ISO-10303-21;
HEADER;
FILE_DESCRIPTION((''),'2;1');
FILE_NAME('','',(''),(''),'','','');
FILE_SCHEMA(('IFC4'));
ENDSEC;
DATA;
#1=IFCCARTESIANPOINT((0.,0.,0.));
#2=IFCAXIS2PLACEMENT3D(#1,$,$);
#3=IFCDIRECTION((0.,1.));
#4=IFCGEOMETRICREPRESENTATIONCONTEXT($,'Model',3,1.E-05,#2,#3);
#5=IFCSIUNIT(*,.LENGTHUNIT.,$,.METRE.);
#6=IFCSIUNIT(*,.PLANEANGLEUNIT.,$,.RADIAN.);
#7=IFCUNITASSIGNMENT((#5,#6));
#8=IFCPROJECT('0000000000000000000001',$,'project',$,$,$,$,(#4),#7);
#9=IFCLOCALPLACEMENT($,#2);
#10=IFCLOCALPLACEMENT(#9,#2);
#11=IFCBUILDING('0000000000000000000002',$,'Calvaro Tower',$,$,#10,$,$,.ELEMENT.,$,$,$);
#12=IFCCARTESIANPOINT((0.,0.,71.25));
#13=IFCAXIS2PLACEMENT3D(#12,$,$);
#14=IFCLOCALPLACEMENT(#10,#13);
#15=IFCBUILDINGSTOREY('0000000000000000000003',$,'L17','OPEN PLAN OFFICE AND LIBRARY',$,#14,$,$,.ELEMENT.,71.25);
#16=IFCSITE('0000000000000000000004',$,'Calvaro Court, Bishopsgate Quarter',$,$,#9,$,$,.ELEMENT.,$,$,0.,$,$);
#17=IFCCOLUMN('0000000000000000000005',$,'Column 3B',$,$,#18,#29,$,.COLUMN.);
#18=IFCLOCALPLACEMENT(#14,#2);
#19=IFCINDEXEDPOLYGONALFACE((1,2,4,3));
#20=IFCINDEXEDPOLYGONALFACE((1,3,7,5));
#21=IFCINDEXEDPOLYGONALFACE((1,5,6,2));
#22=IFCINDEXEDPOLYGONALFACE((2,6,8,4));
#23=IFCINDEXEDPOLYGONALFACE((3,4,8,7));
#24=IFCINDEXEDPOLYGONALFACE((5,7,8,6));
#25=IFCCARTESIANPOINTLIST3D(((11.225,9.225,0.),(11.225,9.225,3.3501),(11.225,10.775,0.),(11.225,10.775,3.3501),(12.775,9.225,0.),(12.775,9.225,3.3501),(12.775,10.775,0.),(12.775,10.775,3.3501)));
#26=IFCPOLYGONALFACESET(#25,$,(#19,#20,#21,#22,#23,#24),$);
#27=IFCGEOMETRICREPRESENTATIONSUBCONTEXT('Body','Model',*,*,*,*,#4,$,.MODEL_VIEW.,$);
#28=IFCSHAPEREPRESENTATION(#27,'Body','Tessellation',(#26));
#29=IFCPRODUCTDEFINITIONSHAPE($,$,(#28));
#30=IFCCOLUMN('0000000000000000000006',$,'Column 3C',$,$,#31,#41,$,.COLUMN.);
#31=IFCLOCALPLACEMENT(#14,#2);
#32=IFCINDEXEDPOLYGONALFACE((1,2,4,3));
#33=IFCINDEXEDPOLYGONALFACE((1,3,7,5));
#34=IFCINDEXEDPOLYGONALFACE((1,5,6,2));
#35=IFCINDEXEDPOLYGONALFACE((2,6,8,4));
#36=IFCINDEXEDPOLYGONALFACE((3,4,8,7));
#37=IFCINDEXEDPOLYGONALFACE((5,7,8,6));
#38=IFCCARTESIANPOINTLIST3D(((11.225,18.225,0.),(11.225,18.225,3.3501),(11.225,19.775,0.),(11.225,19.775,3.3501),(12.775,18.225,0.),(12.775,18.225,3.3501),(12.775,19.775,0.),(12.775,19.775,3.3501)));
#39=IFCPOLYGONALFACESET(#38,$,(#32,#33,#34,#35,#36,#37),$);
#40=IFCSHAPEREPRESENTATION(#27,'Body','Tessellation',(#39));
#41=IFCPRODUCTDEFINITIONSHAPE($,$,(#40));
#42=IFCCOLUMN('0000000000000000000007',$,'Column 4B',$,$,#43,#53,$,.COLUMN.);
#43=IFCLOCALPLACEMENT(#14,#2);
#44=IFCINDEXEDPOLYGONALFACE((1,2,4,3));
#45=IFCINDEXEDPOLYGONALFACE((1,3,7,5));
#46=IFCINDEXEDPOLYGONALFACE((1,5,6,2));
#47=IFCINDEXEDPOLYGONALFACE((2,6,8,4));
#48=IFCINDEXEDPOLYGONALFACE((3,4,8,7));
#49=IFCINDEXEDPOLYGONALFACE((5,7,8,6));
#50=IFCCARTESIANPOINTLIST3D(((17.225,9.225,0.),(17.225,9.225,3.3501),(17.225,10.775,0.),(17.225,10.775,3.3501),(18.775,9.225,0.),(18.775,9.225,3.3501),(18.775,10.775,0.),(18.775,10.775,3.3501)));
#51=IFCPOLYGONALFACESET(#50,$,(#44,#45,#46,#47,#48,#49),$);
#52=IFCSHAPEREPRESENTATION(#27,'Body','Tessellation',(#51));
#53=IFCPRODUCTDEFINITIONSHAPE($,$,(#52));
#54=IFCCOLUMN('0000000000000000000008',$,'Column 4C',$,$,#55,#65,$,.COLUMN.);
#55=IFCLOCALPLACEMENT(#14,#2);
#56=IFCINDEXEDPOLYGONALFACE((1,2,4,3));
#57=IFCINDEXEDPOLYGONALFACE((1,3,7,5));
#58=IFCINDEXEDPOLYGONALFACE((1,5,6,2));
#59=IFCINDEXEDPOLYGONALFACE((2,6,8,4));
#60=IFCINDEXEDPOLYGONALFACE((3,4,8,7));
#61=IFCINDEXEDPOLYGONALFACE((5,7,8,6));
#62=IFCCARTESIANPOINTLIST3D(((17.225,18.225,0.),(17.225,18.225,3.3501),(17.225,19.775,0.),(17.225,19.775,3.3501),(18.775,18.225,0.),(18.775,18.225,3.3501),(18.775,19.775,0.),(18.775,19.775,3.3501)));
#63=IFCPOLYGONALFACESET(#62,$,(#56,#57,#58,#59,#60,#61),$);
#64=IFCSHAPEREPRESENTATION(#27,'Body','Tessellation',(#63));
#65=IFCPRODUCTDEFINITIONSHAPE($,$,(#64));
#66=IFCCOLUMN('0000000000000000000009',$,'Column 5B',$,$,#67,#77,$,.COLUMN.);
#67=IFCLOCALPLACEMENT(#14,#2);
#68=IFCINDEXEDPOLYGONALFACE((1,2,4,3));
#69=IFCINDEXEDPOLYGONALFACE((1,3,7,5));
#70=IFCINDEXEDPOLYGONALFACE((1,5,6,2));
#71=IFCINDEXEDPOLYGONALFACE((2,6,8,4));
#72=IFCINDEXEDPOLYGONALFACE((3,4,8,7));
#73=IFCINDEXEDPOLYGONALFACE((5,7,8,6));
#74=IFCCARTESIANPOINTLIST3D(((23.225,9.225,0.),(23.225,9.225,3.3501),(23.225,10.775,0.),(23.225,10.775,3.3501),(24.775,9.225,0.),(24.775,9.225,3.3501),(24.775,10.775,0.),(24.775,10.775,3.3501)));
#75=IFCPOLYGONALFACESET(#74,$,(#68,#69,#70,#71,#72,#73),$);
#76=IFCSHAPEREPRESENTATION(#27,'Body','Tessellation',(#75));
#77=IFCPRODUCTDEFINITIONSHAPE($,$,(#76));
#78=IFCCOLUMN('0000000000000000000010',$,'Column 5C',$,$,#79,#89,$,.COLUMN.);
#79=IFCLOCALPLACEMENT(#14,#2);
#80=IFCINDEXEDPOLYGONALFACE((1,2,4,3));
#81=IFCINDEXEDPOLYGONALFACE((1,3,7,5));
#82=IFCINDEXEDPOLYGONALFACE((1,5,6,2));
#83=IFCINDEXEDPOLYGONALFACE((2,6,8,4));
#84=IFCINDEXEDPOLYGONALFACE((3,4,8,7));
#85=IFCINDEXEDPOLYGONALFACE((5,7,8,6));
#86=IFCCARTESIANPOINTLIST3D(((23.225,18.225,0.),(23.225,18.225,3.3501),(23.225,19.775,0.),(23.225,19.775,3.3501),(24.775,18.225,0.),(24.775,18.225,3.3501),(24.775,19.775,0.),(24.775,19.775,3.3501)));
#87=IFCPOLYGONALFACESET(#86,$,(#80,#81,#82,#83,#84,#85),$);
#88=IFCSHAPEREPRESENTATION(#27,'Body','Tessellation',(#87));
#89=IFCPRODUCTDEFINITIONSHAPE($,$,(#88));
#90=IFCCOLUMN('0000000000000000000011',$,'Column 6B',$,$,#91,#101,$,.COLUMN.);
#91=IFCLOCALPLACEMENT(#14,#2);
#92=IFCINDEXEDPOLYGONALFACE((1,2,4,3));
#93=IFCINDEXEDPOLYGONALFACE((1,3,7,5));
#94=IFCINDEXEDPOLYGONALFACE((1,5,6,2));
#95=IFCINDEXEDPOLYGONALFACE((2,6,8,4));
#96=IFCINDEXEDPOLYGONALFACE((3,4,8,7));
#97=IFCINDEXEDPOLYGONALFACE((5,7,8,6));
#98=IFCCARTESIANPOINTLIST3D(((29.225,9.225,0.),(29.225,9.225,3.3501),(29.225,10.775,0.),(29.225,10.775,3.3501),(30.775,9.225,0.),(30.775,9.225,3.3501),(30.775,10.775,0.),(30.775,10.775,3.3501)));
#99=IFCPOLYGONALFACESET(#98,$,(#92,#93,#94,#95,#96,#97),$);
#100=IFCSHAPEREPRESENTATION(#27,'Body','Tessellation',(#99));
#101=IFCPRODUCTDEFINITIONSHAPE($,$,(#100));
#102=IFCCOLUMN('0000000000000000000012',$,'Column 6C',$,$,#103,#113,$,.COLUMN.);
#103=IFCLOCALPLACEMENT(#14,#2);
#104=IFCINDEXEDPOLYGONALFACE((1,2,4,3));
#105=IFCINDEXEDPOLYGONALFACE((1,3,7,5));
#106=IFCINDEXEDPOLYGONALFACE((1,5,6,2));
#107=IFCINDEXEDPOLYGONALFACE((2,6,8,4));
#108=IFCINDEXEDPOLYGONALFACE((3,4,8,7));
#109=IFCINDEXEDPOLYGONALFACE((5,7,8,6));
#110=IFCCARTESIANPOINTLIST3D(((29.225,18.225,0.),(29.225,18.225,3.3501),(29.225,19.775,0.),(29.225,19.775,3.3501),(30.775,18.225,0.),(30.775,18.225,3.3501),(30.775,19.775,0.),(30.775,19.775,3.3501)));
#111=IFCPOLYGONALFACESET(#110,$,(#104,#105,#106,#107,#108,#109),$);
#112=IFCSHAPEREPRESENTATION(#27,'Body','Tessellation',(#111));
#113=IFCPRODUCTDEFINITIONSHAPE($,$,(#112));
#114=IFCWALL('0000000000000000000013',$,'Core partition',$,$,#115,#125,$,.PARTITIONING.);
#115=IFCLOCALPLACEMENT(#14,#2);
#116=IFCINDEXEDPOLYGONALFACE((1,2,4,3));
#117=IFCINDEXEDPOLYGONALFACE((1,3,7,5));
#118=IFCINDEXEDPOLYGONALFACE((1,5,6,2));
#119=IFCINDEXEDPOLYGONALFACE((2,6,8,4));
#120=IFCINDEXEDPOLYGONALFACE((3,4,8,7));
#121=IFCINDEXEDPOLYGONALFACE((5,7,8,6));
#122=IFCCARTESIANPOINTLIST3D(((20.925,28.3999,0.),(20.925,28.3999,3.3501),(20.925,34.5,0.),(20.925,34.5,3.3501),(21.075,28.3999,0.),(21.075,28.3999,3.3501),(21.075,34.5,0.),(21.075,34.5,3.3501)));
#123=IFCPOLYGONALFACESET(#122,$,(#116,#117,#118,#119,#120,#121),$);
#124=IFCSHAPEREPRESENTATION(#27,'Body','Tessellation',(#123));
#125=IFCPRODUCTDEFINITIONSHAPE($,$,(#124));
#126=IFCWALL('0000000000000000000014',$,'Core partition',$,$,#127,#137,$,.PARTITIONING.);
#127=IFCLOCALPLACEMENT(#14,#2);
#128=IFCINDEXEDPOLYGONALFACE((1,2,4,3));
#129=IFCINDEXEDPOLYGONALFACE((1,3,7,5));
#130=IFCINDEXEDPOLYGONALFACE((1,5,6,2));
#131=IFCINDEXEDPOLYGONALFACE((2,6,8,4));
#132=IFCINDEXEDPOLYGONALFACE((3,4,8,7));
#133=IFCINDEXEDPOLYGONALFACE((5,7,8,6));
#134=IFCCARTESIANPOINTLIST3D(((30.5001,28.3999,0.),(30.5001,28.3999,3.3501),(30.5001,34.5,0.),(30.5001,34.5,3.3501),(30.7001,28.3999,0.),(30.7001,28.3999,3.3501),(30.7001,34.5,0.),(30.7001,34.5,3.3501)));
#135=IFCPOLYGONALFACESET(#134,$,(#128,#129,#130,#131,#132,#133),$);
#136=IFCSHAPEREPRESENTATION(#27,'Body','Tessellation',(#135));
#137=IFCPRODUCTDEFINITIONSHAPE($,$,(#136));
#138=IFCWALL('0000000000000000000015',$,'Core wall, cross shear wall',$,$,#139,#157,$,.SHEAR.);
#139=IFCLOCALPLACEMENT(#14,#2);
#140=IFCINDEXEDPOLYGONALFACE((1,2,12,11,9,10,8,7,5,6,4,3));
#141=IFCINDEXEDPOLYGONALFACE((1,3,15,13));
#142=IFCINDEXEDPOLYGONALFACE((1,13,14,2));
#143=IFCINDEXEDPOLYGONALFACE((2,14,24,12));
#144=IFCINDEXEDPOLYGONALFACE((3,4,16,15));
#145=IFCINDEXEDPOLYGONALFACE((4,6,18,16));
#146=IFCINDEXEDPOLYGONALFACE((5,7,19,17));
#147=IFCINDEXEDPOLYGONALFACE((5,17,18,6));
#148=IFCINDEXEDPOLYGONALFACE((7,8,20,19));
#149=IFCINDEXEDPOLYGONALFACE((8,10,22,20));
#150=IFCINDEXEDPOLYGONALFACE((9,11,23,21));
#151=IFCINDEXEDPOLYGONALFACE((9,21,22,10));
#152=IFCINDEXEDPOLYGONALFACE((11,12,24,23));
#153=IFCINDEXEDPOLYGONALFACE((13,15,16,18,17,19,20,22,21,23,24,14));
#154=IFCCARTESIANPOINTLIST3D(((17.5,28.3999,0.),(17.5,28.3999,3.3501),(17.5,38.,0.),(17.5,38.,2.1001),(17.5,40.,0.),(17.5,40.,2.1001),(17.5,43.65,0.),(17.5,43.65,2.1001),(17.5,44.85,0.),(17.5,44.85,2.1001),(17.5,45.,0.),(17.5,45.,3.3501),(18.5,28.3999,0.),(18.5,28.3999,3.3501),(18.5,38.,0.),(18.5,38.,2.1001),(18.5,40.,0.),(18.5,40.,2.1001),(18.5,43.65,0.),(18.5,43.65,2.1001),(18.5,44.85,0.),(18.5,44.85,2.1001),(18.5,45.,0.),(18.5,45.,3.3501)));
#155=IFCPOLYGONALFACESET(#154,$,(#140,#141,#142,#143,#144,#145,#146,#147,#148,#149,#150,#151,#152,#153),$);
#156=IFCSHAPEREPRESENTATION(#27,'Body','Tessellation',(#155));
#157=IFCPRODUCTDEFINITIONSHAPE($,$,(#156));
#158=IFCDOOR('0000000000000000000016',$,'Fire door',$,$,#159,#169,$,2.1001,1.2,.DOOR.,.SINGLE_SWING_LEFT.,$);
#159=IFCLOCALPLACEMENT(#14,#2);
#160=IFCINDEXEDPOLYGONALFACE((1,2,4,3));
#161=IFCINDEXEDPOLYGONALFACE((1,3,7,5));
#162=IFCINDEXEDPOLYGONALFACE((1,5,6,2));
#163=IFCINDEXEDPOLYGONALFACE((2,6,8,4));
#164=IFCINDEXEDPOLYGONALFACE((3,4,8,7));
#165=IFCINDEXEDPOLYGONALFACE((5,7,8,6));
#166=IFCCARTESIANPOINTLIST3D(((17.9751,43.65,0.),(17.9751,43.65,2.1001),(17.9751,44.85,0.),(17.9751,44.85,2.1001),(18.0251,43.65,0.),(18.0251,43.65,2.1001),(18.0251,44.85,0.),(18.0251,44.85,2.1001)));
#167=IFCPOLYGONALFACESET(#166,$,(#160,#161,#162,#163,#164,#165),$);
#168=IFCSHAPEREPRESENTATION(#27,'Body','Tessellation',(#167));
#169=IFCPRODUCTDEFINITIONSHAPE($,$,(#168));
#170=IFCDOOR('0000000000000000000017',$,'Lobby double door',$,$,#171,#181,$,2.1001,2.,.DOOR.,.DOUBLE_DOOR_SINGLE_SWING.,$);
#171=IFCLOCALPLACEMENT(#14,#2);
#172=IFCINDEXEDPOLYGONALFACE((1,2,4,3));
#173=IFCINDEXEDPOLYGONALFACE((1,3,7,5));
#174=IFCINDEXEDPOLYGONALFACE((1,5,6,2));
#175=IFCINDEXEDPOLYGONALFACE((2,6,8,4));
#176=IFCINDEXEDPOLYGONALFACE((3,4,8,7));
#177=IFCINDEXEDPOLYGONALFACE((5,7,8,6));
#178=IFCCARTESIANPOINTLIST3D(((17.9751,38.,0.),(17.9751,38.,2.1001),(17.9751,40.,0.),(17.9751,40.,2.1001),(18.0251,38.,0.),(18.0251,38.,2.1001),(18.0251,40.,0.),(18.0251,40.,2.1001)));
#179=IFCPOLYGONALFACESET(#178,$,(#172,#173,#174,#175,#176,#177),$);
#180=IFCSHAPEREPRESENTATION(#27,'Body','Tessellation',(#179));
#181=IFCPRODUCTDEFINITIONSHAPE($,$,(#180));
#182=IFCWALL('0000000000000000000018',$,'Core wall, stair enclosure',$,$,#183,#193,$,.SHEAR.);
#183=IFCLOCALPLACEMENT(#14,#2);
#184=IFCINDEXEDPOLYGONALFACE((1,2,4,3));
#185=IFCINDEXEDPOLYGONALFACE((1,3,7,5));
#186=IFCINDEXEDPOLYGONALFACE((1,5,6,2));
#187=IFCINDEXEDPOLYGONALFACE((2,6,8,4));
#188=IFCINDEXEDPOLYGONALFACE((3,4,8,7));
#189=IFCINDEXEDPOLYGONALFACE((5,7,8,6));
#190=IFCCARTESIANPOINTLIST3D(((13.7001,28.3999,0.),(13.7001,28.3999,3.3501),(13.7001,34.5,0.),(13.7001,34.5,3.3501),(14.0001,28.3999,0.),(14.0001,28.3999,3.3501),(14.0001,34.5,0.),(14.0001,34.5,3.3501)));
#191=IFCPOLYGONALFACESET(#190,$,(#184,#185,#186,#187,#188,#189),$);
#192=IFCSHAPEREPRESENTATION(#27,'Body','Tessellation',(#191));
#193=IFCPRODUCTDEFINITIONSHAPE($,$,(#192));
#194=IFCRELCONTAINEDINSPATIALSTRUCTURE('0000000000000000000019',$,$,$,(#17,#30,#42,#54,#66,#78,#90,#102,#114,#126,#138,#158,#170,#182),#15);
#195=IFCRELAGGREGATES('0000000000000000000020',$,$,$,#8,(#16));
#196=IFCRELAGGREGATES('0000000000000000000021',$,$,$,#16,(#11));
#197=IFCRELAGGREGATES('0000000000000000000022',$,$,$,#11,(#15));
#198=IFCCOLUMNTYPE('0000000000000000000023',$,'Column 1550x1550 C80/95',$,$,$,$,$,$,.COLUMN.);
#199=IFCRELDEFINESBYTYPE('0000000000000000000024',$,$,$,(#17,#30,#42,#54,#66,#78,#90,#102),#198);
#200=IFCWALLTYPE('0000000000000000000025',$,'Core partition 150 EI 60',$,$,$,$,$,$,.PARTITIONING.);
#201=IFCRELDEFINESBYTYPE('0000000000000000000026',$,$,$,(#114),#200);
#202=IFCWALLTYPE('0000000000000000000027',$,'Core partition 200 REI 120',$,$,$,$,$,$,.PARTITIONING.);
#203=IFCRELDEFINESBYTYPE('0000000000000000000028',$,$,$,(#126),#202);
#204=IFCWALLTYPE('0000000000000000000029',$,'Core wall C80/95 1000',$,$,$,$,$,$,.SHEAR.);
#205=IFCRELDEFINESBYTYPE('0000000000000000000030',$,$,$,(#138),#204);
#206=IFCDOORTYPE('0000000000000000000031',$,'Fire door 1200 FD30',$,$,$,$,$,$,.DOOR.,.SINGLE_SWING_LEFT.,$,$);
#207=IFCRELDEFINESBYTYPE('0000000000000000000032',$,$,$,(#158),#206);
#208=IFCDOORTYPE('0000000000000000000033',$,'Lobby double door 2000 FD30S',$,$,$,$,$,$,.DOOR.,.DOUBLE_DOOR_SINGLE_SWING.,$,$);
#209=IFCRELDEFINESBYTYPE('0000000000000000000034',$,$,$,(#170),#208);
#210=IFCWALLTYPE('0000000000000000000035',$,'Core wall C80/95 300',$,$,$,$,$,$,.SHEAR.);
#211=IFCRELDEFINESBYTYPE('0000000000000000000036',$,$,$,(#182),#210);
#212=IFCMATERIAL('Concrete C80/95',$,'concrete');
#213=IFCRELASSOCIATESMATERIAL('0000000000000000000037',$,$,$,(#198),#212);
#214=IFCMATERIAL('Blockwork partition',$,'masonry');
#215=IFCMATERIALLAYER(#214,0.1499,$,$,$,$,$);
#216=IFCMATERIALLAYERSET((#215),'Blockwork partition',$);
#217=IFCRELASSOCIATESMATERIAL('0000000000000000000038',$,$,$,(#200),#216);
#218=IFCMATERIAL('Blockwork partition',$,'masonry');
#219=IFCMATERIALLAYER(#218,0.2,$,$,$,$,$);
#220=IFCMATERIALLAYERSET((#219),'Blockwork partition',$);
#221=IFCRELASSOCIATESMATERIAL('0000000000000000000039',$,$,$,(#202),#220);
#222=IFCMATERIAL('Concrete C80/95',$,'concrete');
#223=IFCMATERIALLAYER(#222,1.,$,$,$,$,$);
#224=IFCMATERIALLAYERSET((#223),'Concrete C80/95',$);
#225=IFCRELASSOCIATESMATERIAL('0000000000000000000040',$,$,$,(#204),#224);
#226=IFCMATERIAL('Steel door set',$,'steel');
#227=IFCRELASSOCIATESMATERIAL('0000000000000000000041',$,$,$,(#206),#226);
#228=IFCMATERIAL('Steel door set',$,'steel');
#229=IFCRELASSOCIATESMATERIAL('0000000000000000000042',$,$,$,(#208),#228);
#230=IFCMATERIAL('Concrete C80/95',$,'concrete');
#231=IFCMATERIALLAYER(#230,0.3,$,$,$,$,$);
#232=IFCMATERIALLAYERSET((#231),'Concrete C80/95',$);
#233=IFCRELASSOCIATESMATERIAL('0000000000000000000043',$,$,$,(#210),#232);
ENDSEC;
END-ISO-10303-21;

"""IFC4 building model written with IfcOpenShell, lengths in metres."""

from ifc_helpers import new_model, si_unit, direction, frame, frame_2d, origin, origin_2d, place, context, subcontext, project, spatial, rectangle, extrude, material, layer, layer_set, material_profile, profile_set, type_object, element, fill, save


model = new_model("IFC4")

# Units and contexts
model_context = context("Model", 3, precision=1e-05, world=origin(), true_north=direction((0.0, 1.0)))
body_context = subcontext(model_context, "Body", "Model", "MODEL_VIEW")
ifc_project = project(units=[si_unit("LENGTHUNIT", "METRE"), si_unit("PLANEANGLEUNIT", "RADIAN")], contexts=[model_context])

# Site, building, storey
site_placement = place(None, origin())
site = spatial("IfcSite", under=ifc_project, at=site_placement, Name="Calvaro Court, Bishopsgate Quarter", CompositionType="ELEMENT", RefElevation=0.0)
building_placement = place(site_placement, origin())
building = spatial("IfcBuilding", under=site, at=building_placement, Name="Calvaro Tower", CompositionType="ELEMENT")
storey_placement = place(building_placement, frame((0.0, 0.0, 71.25)))
storey = spatial("IfcBuildingStorey", under=building, at=storey_placement, Name="L17", Description="OPEN PLAN OFFICE AND LIBRARY", CompositionType="ELEMENT", Elevation=71.25)

# Columns
ifc_material_1 = material(Name="Concrete C80/95", Category="concrete")
ifc_material_profile = material_profile(ifc_material_1, rectangle(XDim=1.55, YDim=1.55, at=origin_2d()), Name="RC 1550x1550")
ifc_profile_set = profile_set([ifc_material_profile], Name="Concrete C80/95")
column_type = type_object("IfcColumnType", Name="Column 1550x1550 C80/95", PredefinedType="COLUMN", material=ifc_profile_set)
for number, where, z_axis, x_axis, name in (
    (1, (12.0, 10.0, 0.0), (0.0, 0.0, 1.0), (1.0, 0.0, 0.0), "Column 3B"),
    (2, (12.0, 19.0, 0.0), (0.0, 0.0, 1.0), (1.0, 0.0, 0.0), "Column 3C"),
    (3, (18.0, 10.0, 0.0), (0.0, 0.0, 1.0), (1.0, 0.0, 0.0), "Column 4B"),
    (4, (18.0, 19.0, 0.0), (0.0, 0.0, 1.0), (1.0, 0.0, 0.0), "Column 4C"),
    (5, (24.0, 10.0, 0.0), (0.0, 0.0, 1.0), (1.0, 0.0, 0.0), "Column 5B"),
    (6, (24.0, 19.0, 0.0), (0.0, 0.0, 1.0), (1.0, 0.0, 0.0), "Column 5C"),
    (7, (30.0, 10.0, 0.0), (0.0, 0.0, 1.0), (1.0, 0.0, 0.0), "Column 6B"),
    (8, (30.0, 19.0, 0.0), (0.0, 0.0, 1.0), (1.0, 0.0, 0.0), "Column 6C"),
):
    element("IfcColumn", number, at=place(storey_placement, frame(where, z_axis=z_axis, x_axis=x_axis)), inside=storey, type_object=column_type, Name=name, PredefinedType="COLUMN", context=body_context, shape_type="SweptSolid", body=[
        extrude(rectangle(XDim=1.55, YDim=1.55, at=origin_2d()), origin(), (0.0, 0.0, 1.0), 3.3501),
    ])

# Walls
ifc_material_2 = material(Name="Blockwork partition", Category="masonry")
ifc_layer_1 = layer(ifc_material_2, 0.1499)
ifc_layer_set_1 = layer_set([ifc_layer_1], Name="Blockwork partition")
wall_type_1 = type_object("IfcWallType", Name="Core partition 150 EI 60", PredefinedType="PARTITIONING", material=ifc_layer_set_1)
wall_1_placement = place(storey_placement, frame((21.0, 28.3999, 0.0), z_axis=(0.0, 0.0, 1.0), x_axis=(0.0, 1.0, 0.0)))
element("IfcWall", 9, at=wall_1_placement, inside=storey, type_object=wall_type_1, Name="Core partition", PredefinedType="PARTITIONING", context=body_context, shape_type="SweptSolid", body=[
    extrude(rectangle(XDim=6.1001, YDim=0.1499, at=frame_2d((3.05, 0.0))), origin(), (0.0, 0.0, 1.0), 3.3501),
])
ifc_material_3 = material(Name="Blockwork partition", Category="masonry")
ifc_layer_2 = layer(ifc_material_3, 0.2)
ifc_layer_set_2 = layer_set([ifc_layer_2], Name="Blockwork partition")
wall_type_2 = type_object("IfcWallType", Name="Core partition 200 REI 120", PredefinedType="PARTITIONING", material=ifc_layer_set_2)
wall_2_placement = place(storey_placement, frame((30.6001, 28.3999, 0.0), z_axis=(0.0, 0.0, 1.0), x_axis=(0.0, 1.0, 0.0)))
element("IfcWall", 10, at=wall_2_placement, inside=storey, type_object=wall_type_2, Name="Core partition", PredefinedType="PARTITIONING", context=body_context, shape_type="SweptSolid", body=[
    extrude(rectangle(XDim=6.1001, YDim=0.2, at=frame_2d((3.05, 0.0))), origin(), (0.0, 0.0, 1.0), 3.3501),
])

# Wall, openings, doors
ifc_material_4 = material(Name="Concrete C80/95", Category="concrete")
ifc_layer_3 = layer(ifc_material_4, 1.0)
ifc_layer_set_3 = layer_set([ifc_layer_3], Name="Concrete C80/95")
wall_type_3 = type_object("IfcWallType", Name="Core wall C80/95 1000", PredefinedType="SHEAR", material=ifc_layer_set_3)
wall_3_placement = place(storey_placement, frame((18.0, 28.3999, 0.0), z_axis=(0.0, 0.0, 1.0), x_axis=(0.0, 1.0, 0.0)))
wall_3 = element("IfcWall", 11, at=wall_3_placement, inside=storey, type_object=wall_type_3, Name="Core wall, cross shear wall", PredefinedType="SHEAR", context=body_context, shape_type="SweptSolid", body=[
    extrude(rectangle(XDim=16.6001, YDim=1.0, at=frame_2d((8.3, 0.0))), origin(), (0.0, 0.0, 1.0), 3.3501),
])
opening_1_placement = place(wall_3_placement, frame((9.6001, 0.0, 0.0)))
opening_1 = element("IfcOpeningElement", 12, at=opening_1_placement, cuts=wall_3, PredefinedType="OPENING", context=body_context, shape_type="SweptSolid", body=[
    extrude(rectangle(XDim=2.0, YDim=2.1001, at=frame_2d((1.0, 1.05))), frame((0.0, 0.51, 0.0), z_axis=(0.0, -1.0, 0.0), x_axis=(1.0, 0.0, 0.0)), (0.0, 0.0, 1.0), 1.02),
])
opening_2_placement = place(wall_3_placement, frame((15.25, 0.0, 0.0)))
opening_2 = element("IfcOpeningElement", 13, at=opening_2_placement, cuts=wall_3, PredefinedType="OPENING", context=body_context, shape_type="SweptSolid", body=[
    extrude(rectangle(XDim=1.2, YDim=2.1001, at=frame_2d((0.6001, 1.05))), frame((0.0, 0.51, 0.0), z_axis=(0.0, -1.0, 0.0), x_axis=(1.0, 0.0, 0.0)), (0.0, 0.0, 1.0), 1.02),
])
ifc_material_5 = material(Name="Steel door set", Category="steel")
door_type_1 = type_object("IfcDoorType", Name="Fire door 1200 FD30", OperationType="SINGLE_SWING_LEFT", PredefinedType="DOOR", material=ifc_material_5)
door_1_placement = place(opening_2_placement, origin())
door_1 = element("IfcDoor", 14, at=door_1_placement, inside=storey, type_object=door_type_1, Name="Fire door", OperationType="SINGLE_SWING_LEFT", OverallHeight=2.1001, OverallWidth=1.2, PredefinedType="DOOR", context=body_context, shape_type="SweptSolid", body=[
    extrude(rectangle(XDim=1.2, YDim=2.1001, at=frame_2d((0.6001, 1.05))), frame((0.0, 0.0249, 0.0), z_axis=(0.0, -1.0, 0.0), x_axis=(1.0, 0.0, 0.0)), (0.0, 0.0, 1.0), 0.05),
])
fill(opening_2, door_1)
ifc_material_6 = material(Name="Steel door set", Category="steel")
door_type_2 = type_object("IfcDoorType", Name="Lobby double door 2000 FD30S", OperationType="DOUBLE_DOOR_SINGLE_SWING", PredefinedType="DOOR", material=ifc_material_6)
door_2_placement = place(opening_1_placement, origin())
door_2 = element("IfcDoor", 15, at=door_2_placement, inside=storey, type_object=door_type_2, Name="Lobby double door", OperationType="DOUBLE_DOOR_SINGLE_SWING", OverallHeight=2.1001, OverallWidth=2.0, PredefinedType="DOOR", context=body_context, shape_type="SweptSolid", body=[
    extrude(rectangle(XDim=2.0, YDim=2.1001, at=frame_2d((1.0, 1.05))), frame((0.0, 0.0249, 0.0), z_axis=(0.0, -1.0, 0.0), x_axis=(1.0, 0.0, 0.0)), (0.0, 0.0, 1.0), 0.05),
])
fill(opening_1, door_2)

# Wall
ifc_material_7 = material(Name="Concrete C80/95", Category="concrete")
ifc_layer_4 = layer(ifc_material_7, 0.3)
ifc_layer_set_4 = layer_set([ifc_layer_4], Name="Concrete C80/95")
wall_type_4 = type_object("IfcWallType", Name="Core wall C80/95 300", PredefinedType="SHEAR", material=ifc_layer_set_4)
for number, where, z_axis, x_axis, name in (
    (16, (13.8501, 28.3999, 0.0), (0.0, 0.0, 1.0), (0.0, 1.0, 0.0), "Core wall, stair enclosure"),
):
    element("IfcWall", number, at=place(storey_placement, frame(where, z_axis=z_axis, x_axis=x_axis)), inside=storey, type_object=wall_type_4, Name=name, PredefinedType="SHEAR", context=body_context, shape_type="SweptSolid", body=[
        extrude(rectangle(XDim=6.1001, YDim=0.3, at=frame_2d((3.05, 0.0))), origin(), (0.0, 0.0, 1.0), 3.3501),
    ])

save(model, "model.ifc")
